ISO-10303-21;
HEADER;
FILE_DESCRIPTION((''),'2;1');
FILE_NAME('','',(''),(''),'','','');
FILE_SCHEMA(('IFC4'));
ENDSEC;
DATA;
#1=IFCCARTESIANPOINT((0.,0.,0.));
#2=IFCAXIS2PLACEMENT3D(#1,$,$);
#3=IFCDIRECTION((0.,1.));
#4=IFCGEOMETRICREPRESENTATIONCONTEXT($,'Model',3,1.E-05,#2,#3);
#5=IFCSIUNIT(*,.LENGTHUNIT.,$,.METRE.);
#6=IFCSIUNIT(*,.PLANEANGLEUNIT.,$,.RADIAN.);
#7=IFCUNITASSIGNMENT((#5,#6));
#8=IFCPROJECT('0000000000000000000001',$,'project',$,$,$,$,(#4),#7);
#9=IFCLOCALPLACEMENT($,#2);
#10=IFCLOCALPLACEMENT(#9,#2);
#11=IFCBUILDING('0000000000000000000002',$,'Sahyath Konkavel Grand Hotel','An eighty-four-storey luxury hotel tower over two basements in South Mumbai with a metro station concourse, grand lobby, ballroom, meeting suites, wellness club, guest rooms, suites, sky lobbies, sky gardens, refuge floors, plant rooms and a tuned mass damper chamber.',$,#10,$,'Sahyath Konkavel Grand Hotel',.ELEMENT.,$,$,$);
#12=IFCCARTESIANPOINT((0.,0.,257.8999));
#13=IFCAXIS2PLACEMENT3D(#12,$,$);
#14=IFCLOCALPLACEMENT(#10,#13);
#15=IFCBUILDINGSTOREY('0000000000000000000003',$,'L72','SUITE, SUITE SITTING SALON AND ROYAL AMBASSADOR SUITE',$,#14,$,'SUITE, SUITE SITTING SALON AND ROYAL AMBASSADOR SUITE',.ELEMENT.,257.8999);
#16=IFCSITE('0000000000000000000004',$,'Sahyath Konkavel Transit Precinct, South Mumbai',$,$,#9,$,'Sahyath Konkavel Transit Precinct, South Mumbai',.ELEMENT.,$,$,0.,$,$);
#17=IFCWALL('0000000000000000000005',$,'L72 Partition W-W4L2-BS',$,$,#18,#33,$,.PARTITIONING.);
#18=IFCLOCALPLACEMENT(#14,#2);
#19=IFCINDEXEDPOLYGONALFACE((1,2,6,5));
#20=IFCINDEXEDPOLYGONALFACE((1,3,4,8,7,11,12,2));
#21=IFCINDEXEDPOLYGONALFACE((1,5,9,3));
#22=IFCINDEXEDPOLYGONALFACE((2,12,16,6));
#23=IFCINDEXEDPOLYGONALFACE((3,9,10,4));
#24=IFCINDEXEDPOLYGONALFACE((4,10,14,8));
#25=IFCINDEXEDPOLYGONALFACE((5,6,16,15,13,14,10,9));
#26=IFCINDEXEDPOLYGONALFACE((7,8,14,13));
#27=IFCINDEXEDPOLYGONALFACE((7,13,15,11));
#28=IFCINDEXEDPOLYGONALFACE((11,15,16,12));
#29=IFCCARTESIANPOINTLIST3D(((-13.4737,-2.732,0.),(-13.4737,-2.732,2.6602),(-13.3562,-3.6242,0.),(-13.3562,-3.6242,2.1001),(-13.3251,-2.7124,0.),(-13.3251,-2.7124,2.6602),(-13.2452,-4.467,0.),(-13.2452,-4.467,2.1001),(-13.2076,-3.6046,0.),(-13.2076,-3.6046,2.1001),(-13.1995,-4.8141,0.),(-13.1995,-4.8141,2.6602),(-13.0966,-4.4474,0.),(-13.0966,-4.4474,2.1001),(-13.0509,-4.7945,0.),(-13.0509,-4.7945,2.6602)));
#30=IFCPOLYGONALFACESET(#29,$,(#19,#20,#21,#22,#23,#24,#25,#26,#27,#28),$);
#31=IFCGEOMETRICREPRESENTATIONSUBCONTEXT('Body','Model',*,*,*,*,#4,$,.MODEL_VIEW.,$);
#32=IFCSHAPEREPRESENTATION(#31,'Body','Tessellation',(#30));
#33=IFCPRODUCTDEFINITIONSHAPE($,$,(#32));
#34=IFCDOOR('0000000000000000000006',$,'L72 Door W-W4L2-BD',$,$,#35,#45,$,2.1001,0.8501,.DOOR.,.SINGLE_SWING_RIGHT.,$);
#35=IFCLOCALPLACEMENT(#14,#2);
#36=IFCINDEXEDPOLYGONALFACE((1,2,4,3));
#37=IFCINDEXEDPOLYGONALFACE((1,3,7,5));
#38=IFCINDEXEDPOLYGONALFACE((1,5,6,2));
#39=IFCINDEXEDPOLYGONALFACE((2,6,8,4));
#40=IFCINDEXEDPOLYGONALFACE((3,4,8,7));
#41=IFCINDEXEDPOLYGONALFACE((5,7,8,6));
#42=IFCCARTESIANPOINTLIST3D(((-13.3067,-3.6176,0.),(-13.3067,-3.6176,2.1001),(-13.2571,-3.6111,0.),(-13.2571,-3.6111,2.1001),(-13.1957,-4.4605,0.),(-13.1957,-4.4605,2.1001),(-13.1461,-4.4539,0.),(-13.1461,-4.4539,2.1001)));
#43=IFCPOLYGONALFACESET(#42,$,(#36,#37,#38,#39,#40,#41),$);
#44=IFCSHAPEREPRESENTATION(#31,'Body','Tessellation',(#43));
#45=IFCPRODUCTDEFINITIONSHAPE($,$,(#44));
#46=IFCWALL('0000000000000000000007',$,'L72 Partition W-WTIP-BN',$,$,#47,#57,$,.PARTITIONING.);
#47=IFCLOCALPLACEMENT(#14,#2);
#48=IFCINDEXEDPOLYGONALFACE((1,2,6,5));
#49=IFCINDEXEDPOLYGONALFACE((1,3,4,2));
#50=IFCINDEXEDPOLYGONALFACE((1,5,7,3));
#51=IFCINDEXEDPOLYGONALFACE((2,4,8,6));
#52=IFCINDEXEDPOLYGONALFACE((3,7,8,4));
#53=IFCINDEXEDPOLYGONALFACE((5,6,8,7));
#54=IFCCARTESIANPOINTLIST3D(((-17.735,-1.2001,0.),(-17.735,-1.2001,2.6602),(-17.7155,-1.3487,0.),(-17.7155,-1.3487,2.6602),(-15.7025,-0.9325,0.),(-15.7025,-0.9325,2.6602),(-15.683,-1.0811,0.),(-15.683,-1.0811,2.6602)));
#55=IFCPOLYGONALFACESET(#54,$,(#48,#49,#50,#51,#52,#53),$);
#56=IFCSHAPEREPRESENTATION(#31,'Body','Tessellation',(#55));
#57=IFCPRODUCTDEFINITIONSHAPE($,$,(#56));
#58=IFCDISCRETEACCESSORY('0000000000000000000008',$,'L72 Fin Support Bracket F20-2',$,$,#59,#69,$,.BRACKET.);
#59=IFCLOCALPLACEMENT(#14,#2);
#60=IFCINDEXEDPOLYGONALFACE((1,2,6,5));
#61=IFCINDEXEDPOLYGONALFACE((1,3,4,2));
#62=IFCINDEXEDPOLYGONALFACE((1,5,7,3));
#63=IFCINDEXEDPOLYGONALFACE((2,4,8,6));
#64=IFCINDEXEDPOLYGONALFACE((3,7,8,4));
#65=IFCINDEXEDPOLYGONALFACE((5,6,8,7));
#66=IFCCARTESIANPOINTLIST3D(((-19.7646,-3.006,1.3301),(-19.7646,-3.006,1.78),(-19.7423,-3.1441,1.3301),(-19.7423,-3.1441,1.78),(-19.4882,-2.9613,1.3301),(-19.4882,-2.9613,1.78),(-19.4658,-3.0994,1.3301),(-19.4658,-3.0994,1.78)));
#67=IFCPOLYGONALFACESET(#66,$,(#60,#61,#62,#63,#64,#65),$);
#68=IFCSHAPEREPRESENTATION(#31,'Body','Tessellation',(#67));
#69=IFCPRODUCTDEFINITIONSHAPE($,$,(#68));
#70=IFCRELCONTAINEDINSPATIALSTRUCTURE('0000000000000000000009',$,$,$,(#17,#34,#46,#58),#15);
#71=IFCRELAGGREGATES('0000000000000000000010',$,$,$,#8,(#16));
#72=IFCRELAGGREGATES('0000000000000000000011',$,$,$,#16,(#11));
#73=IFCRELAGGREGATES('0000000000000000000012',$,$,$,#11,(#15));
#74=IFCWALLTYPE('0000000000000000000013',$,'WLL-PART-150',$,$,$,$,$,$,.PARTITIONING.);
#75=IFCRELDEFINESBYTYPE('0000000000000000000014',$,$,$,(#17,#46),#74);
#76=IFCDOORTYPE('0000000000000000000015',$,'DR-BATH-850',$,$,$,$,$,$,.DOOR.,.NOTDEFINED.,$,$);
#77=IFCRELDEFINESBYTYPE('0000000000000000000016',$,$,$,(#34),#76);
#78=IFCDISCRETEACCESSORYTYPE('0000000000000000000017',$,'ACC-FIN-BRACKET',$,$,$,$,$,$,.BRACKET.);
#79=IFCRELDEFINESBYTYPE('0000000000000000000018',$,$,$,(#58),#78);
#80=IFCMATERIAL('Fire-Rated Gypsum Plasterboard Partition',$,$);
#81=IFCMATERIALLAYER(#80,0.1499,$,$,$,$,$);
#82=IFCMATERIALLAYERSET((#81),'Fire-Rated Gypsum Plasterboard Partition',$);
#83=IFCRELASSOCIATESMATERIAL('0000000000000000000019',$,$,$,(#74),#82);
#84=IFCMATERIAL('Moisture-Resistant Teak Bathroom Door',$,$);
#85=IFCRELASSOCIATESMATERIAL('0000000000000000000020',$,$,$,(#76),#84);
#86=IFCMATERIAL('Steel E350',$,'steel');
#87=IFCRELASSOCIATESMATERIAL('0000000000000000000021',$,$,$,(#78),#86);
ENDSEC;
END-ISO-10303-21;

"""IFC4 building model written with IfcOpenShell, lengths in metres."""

from ifc_helpers import new_model, si_unit, direction, frame, frame_2d, origin, origin_2d, place, context, subcontext, project, spatial, rectangle, extrude, source, transform, mapped, material, layer, layer_set, type_object, element, fill, save


model = new_model("IFC4")

# Units and contexts
model_context = context("Model", 3, precision=1e-05, world=origin(), true_north=direction((0.0, 1.0)))
body_context = subcontext(model_context, "Body", "Model", "MODEL_VIEW")
ifc_project = project(units=[si_unit("LENGTHUNIT", "METRE"), si_unit("PLANEANGLEUNIT", "RADIAN")], contexts=[model_context])

# Site, building, storey
site_placement = place(None, origin())
site = spatial("IfcSite", under=ifc_project, at=site_placement, Name="Sahyath Konkavel Transit Precinct, South Mumbai", LongName="Sahyath Konkavel Transit Precinct, South Mumbai", CompositionType="ELEMENT", RefElevation=0.0)
building_placement = place(site_placement, origin())
building = spatial("IfcBuilding", under=site, at=building_placement, Name="Sahyath Konkavel Grand Hotel", Description="An eighty-four-storey luxury hotel tower over two basements in South Mumbai with a metro station concourse, grand lobby, ballroom, meeting suites, wellness club, guest rooms, suites, sky lobbies, sky gardens, refuge floors, plant rooms and a tuned mass damper chamber.", LongName="Sahyath Konkavel Grand Hotel", CompositionType="ELEMENT")
storey_placement = place(building_placement, frame((0.0, 0.0, 257.8999)))
storey = spatial("IfcBuildingStorey", under=building, at=storey_placement, Name="L72", Description="SUITE, SUITE SITTING SALON AND ROYAL AMBASSADOR SUITE", LongName="SUITE, SUITE SITTING SALON AND ROYAL AMBASSADOR SUITE", CompositionType="ELEMENT", Elevation=257.8999)

# Shared definitions
ifc_material_1 = material(Name="Steel E350", Category="steel")

# Wall, opening, door
ifc_material_2 = material(Name="Fire-Rated Gypsum Plasterboard Partition")
ifc_layer_1 = layer(ifc_material_2, 0.1499)
ifc_layer_set_1 = layer_set([ifc_layer_1], Name="Fire-Rated Gypsum Plasterboard Partition")
wall_type_1 = type_object("IfcWallType", Name="WLL-PART-150", PredefinedType="PARTITIONING", material=ifc_layer_set_1)
wall_1_placement = place(storey_placement, frame((-13.3994, -2.7222, 0.0), z_axis=(0.0, 0.0, 1.0), x_axis=(0.130557, -0.991441, 0.0)))
wall_1 = element("IfcWall", 1, at=wall_1_placement, inside=storey, type_object=wall_type_1, Name="L72 Partition W-W4L2-BS", PredefinedType="PARTITIONING", context=body_context, shape_type="SweptSolid", body=[
    extrude(rectangle(XDim=2.1001, YDim=0.1499, at=frame_2d((1.05, 0.0))), origin(), (0.0, 0.0, 1.0), 2.6602),
])
opening_placement = place(wall_1_placement, frame((0.8999, 0.0, 0.0)))
opening = element("IfcOpeningElement", 2, at=opening_placement, cuts=wall_1, PredefinedType="OPENING", context=body_context, shape_type="SweptSolid", body=[
    extrude(rectangle(XDim=0.8501, YDim=2.1001, at=frame_2d((0.425, 1.05))), frame((0.0, 0.085, 0.0), z_axis=(0.0, -1.0, 0.0), x_axis=(1.0, 0.0, 0.0)), (0.0, 0.0, 1.0), 0.1699),
])
ifc_material_3 = material(Name="Moisture-Resistant Teak Bathroom Door")
door_type = type_object("IfcDoorType", Name="DR-BATH-850", OperationType="NOTDEFINED", PredefinedType="DOOR", material=ifc_material_3)
shared_shape_1 = source(origin(), body_context, "Body", "SweptSolid", [
    extrude(rectangle(XDim=0.8501, YDim=0.05, at=origin_2d()), origin(), (0.0, 0.0, 1.0), 2.1001),
])
door_placement = place(opening_placement, frame((0.425, 0.0, 0.0)))
door = element("IfcDoor", 3, at=door_placement, inside=storey, type_object=door_type, Name="L72 Door W-W4L2-BD", OperationType="SINGLE_SWING_RIGHT", OverallHeight=2.1001, OverallWidth=0.8501, PredefinedType="DOOR", context=body_context, shape_type="MappedRepresentation", body=[
    mapped(shared_shape_1, transform((0.0, 0.0, 0.0), scale=1.0)),
])
fill(opening, door)

# Wall
wall_2_placement = place(storey_placement, frame((-15.6929, -1.0068, 0.0), z_axis=(0.0, 0.0, 1.0), x_axis=(-0.991445, -0.130525, 0.0)))
element("IfcWall", 4, at=wall_2_placement, inside=storey, type_object=wall_type_1, Name="L72 Partition W-WTIP-BN", PredefinedType="PARTITIONING", context=body_context, shape_type="SweptSolid", body=[
    extrude(rectangle(XDim=2.05, YDim=0.1499, at=frame_2d((1.0249, 0.0))), origin(), (0.0, 0.0, 1.0), 2.6602),
])

# Discrete accessory
discrete_accessory_type = type_object("IfcDiscreteAccessoryType", Name="ACC-FIN-BRACKET", PredefinedType="BRACKET", material=ifc_material_1)
shared_shape_2 = source(origin(), body_context, "Body", "SweptSolid", [
    extrude(rectangle(XDim=0.28, YDim=0.1399, at=origin_2d()), origin(), (0.0, 0.0, 1.0), 0.45),
])
discrete_accessory_placement = place(storey_placement, frame((-19.6152, -3.0527, 1.3301), z_axis=(0.0, 0.0, 1.0), x_axis=(-0.987178, -0.159623, 0.0)))
element("IfcDiscreteAccessory", 5, at=discrete_accessory_placement, inside=storey, type_object=discrete_accessory_type, Name="L72 Fin Support Bracket F20-2", PredefinedType="BRACKET", context=body_context, shape_type="MappedRepresentation", body=[
    mapped(shared_shape_2, transform((0.0, 0.0, 0.0), scale=1.0)),
])

save(model, "model.ifc")
